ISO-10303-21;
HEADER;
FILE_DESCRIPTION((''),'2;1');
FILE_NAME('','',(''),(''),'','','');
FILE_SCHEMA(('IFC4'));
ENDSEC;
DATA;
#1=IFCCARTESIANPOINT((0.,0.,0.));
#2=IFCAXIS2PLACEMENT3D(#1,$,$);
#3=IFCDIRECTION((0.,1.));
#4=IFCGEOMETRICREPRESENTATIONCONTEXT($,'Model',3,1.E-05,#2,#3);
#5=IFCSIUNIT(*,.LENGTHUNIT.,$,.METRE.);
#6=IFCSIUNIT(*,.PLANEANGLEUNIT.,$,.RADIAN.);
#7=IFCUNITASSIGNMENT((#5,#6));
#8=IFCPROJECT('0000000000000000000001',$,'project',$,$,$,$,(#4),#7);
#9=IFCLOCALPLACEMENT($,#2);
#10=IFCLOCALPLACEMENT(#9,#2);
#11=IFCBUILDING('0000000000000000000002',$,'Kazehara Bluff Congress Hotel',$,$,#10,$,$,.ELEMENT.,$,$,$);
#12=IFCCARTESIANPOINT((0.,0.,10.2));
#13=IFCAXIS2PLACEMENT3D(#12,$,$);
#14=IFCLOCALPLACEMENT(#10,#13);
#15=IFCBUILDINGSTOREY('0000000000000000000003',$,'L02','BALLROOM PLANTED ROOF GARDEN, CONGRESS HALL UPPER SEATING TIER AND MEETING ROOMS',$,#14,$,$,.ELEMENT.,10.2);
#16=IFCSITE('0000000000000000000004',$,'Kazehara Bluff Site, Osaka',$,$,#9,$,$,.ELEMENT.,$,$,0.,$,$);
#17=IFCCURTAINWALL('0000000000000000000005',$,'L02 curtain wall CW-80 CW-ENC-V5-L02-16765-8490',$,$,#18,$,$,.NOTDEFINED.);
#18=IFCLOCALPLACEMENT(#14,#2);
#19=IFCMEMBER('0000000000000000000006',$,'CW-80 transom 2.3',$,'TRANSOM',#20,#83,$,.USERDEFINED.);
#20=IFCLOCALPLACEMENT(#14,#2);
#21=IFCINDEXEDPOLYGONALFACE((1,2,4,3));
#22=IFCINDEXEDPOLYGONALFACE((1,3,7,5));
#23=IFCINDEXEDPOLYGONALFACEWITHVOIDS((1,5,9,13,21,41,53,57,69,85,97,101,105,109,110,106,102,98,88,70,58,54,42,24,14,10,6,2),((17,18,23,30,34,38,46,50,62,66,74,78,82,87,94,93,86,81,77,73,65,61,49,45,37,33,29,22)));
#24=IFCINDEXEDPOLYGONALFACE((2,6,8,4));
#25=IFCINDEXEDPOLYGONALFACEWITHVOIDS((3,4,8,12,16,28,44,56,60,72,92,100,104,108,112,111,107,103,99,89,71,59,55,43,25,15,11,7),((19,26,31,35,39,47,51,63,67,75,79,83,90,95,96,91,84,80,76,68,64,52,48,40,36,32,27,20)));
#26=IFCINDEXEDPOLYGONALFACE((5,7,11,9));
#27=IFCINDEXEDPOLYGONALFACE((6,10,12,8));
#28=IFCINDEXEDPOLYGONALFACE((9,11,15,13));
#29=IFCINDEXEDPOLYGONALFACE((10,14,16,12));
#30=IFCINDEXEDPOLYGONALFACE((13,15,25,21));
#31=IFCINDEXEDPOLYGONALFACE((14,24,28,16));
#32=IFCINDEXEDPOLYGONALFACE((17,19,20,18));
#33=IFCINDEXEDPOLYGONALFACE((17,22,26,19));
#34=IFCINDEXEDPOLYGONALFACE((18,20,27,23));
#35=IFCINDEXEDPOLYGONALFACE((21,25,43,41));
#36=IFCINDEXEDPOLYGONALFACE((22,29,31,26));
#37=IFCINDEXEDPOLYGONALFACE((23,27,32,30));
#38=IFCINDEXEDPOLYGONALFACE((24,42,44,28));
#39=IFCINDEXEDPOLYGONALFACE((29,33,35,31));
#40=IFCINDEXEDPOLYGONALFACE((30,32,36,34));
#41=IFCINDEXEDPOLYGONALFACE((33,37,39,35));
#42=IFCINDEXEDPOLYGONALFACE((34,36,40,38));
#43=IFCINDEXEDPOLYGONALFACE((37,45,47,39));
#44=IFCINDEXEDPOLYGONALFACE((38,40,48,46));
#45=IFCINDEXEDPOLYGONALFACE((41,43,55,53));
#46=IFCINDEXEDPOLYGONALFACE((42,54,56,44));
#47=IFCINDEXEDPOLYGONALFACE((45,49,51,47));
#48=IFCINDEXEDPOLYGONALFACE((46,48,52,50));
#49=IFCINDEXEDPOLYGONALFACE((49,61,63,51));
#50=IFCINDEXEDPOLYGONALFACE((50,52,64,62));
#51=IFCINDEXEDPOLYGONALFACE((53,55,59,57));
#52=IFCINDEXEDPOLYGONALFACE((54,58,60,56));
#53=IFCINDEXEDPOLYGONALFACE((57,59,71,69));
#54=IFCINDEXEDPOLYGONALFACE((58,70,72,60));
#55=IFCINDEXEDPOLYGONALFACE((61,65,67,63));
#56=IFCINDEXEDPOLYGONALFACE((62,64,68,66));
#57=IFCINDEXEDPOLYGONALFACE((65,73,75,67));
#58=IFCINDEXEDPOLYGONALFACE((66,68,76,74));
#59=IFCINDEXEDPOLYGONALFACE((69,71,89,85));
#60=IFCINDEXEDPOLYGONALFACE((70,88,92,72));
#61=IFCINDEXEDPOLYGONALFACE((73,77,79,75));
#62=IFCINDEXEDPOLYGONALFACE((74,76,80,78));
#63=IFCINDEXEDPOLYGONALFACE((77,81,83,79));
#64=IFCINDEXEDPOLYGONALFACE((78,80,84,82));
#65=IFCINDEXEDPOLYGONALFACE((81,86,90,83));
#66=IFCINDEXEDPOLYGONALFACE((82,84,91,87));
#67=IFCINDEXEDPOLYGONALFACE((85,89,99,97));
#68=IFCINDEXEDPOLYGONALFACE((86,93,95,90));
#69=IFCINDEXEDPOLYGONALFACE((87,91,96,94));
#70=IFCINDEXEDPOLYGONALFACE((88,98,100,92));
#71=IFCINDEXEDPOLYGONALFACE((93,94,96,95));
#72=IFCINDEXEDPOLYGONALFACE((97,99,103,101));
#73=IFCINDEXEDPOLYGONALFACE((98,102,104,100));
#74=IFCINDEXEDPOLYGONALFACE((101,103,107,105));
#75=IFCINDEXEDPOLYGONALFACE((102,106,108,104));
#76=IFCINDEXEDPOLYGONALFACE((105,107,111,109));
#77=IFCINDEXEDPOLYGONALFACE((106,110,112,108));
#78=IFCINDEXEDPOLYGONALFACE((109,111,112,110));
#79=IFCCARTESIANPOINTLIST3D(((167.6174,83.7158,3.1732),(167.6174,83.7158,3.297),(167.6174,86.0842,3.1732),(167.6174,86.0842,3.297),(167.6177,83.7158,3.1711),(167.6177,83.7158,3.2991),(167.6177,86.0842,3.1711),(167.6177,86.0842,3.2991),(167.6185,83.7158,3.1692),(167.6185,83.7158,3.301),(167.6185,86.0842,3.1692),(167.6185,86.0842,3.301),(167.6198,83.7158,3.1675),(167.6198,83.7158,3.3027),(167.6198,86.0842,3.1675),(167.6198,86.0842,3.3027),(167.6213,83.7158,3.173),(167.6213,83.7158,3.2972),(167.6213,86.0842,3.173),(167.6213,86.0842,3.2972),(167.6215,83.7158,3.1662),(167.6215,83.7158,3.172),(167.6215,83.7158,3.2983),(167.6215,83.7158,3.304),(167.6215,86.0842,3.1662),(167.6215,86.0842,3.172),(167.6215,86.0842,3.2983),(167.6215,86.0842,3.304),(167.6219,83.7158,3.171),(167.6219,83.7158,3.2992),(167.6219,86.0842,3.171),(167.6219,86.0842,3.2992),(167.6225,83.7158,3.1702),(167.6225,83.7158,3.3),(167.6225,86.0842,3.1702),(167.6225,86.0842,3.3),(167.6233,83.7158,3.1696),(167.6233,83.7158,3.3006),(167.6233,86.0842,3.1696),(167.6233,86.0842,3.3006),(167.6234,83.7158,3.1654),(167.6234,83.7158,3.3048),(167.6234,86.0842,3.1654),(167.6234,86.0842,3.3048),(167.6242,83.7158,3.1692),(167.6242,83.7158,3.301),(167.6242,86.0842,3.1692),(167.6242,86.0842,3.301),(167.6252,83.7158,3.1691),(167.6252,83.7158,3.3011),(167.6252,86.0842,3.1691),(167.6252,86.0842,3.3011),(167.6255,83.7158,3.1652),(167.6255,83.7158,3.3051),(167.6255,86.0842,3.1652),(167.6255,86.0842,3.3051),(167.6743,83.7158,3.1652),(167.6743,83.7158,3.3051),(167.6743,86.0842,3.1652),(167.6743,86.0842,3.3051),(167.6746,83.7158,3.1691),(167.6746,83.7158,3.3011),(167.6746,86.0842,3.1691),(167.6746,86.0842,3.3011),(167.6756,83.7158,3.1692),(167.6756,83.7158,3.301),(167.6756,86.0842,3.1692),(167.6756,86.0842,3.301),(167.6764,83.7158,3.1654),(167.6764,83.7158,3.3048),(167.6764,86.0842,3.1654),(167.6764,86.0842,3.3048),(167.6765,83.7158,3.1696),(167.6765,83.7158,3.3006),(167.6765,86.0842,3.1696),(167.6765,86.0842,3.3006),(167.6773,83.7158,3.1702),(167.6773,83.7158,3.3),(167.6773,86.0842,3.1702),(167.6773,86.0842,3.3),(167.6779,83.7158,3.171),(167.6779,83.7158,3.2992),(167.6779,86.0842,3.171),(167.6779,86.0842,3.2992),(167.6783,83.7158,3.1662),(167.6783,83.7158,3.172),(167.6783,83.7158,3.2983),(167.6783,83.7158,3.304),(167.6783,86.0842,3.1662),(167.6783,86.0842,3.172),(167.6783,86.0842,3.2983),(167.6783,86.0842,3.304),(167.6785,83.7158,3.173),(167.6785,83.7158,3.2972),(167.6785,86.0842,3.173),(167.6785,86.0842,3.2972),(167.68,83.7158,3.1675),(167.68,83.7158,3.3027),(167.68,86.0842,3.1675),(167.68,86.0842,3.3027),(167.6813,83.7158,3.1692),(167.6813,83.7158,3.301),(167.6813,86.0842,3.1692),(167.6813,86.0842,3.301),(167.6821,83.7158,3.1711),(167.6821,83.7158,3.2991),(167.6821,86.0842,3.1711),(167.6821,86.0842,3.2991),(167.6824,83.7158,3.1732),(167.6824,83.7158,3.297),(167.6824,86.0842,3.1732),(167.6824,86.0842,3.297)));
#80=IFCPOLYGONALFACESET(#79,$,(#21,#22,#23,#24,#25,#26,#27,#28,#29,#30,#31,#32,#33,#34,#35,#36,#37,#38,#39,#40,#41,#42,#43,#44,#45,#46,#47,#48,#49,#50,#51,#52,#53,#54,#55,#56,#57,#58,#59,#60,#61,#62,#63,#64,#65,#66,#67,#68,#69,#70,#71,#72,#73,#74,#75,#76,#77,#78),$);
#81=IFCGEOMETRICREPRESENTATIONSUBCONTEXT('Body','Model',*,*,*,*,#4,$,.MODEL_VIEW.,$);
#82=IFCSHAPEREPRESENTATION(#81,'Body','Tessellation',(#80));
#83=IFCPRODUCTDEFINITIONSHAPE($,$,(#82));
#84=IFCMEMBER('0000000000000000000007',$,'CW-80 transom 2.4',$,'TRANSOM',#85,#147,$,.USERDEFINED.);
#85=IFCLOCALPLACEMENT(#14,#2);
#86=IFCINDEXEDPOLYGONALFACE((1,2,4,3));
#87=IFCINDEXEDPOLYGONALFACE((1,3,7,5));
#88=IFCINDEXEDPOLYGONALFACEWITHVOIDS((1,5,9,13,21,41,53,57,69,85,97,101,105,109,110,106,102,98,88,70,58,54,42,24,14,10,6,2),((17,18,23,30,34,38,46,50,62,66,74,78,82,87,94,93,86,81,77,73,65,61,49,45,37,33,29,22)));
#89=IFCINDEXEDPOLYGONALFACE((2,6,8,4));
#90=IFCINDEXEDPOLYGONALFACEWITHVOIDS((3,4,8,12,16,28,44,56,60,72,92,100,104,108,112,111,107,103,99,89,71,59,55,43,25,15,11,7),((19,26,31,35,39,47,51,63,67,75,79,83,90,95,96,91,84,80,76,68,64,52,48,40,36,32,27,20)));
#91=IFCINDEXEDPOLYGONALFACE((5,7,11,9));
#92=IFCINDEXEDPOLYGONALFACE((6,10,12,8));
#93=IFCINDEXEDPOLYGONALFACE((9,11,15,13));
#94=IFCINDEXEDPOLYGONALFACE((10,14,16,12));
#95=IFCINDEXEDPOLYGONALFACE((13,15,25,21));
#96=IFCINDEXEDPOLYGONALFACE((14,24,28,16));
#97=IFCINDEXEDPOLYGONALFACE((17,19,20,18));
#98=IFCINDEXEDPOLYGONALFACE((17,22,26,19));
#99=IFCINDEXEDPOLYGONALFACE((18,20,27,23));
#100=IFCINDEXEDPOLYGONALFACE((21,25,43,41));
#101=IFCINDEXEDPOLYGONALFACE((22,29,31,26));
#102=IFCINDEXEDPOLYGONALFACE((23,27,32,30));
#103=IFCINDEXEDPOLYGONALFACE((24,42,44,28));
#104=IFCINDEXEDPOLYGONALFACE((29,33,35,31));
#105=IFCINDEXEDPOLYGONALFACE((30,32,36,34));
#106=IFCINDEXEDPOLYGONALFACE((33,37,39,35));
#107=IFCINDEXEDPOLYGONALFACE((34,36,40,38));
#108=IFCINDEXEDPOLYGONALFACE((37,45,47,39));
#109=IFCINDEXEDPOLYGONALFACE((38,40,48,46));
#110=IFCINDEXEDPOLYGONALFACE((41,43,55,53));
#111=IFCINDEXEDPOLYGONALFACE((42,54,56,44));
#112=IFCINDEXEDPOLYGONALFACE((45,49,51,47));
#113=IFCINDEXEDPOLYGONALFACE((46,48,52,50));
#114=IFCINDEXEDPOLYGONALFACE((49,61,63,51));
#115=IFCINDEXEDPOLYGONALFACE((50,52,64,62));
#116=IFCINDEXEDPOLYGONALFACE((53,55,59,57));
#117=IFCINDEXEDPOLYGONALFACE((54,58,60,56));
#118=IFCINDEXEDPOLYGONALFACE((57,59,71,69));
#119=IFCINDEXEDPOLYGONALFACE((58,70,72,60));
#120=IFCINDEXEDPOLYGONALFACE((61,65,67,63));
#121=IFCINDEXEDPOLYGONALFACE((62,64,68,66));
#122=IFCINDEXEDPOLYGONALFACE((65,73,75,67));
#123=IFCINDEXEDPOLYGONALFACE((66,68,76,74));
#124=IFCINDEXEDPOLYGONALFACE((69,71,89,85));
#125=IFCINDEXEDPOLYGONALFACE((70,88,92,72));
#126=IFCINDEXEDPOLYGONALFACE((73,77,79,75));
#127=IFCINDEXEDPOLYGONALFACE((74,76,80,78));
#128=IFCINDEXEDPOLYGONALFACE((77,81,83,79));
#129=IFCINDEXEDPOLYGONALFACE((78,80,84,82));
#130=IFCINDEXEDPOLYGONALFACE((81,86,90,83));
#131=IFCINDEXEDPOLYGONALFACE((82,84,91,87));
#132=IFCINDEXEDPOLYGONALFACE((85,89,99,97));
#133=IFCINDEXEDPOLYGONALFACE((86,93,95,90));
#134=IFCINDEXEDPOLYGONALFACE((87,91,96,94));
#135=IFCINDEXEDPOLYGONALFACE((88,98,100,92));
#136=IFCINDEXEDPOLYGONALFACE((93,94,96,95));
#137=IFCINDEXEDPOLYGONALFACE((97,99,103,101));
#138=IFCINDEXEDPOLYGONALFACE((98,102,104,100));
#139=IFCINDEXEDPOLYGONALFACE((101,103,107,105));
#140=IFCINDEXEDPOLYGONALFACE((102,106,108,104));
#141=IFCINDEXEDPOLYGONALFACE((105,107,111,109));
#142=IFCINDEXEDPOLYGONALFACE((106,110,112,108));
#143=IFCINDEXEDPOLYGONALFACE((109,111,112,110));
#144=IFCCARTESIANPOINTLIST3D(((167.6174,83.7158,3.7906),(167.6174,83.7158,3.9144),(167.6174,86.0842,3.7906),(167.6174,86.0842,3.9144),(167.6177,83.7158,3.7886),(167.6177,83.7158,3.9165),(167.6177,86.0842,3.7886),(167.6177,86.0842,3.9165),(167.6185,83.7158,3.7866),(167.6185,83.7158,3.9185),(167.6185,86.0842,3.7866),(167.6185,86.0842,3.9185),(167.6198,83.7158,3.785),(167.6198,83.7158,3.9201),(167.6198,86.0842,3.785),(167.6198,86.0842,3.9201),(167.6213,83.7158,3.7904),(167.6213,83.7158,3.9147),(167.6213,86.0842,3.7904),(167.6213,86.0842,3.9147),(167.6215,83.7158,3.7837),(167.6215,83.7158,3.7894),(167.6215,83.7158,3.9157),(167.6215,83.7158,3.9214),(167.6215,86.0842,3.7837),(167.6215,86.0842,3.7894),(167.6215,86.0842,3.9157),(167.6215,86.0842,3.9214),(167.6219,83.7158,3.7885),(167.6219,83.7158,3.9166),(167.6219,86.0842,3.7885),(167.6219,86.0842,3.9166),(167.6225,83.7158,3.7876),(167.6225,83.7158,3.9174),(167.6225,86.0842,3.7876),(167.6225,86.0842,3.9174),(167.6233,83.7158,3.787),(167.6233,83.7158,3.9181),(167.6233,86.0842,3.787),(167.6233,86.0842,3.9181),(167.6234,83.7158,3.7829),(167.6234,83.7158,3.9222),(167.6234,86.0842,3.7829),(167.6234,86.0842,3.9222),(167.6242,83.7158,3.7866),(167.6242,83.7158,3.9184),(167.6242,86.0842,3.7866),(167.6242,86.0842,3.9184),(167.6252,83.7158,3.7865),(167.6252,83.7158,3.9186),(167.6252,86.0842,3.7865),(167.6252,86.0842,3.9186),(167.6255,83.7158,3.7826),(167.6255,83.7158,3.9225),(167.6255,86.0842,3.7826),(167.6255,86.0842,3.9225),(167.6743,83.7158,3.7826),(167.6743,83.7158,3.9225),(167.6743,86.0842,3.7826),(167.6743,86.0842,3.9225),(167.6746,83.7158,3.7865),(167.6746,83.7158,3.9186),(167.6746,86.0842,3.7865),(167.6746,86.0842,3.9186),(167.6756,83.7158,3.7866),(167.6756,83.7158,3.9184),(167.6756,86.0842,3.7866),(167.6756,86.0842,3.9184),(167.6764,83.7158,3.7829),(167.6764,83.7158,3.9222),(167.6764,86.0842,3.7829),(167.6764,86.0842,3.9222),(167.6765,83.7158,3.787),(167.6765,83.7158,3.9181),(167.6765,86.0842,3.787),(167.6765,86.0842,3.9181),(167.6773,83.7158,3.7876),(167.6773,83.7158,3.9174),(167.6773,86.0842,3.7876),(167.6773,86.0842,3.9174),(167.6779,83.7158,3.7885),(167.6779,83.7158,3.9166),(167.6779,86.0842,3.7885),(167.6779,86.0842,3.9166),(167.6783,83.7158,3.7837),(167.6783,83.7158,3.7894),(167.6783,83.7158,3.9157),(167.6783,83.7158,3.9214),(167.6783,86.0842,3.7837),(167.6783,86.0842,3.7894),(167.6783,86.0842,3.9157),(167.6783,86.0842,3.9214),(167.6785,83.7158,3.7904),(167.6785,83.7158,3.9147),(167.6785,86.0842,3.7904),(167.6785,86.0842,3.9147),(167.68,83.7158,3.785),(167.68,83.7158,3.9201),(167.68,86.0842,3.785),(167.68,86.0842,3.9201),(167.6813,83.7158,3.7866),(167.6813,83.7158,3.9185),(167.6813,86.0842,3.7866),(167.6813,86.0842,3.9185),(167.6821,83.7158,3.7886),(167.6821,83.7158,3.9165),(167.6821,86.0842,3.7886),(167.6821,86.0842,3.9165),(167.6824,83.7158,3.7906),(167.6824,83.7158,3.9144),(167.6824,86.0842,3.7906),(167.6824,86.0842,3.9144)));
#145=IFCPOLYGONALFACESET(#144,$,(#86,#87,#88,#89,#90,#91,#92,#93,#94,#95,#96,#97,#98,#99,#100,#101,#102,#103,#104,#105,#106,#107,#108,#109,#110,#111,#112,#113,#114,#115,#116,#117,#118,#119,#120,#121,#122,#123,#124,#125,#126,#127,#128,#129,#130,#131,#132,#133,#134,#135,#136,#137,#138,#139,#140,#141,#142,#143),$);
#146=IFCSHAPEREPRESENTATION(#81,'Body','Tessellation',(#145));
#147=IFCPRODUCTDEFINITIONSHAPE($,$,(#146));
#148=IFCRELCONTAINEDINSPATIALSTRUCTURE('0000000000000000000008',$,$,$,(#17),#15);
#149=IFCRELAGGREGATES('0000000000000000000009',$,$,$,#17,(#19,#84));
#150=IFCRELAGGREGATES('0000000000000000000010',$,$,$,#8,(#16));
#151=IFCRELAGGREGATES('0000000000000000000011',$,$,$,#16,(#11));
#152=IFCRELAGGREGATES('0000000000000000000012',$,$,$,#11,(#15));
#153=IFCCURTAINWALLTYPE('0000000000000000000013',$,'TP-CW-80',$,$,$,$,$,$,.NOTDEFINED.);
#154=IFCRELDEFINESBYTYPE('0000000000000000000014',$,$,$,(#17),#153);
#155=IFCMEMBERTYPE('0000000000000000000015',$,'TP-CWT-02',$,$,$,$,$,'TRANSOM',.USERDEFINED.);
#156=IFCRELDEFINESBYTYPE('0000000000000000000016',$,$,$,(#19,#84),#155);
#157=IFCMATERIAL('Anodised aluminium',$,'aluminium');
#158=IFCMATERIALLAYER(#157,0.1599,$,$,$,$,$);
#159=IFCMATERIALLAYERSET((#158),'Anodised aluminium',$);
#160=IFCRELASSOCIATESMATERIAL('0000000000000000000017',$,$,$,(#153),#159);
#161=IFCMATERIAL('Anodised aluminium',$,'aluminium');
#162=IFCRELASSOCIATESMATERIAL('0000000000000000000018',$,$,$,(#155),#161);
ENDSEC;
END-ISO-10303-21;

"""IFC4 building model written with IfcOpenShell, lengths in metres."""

from ifc_helpers import new_model, si_unit, direction, frame, origin, origin_2d, place, context, subcontext, project, spatial, hollow_rectangle, extrude, material, layer, layer_set, material_profile, profile_set, type_object, element, aggregate, save


model = new_model("IFC4")

# Units and contexts
model_context = context("Model", 3, precision=1e-05, world=origin(), true_north=direction((0.0, 1.0)))
body_context = subcontext(model_context, "Body", "Model", "MODEL_VIEW")
ifc_project = project(units=[si_unit("LENGTHUNIT", "METRE"), si_unit("PLANEANGLEUNIT", "RADIAN")], contexts=[model_context])

# Site, building, storey
site_placement = place(None, origin())
site = spatial("IfcSite", under=ifc_project, at=site_placement, Name="Kazehara Bluff Site, Osaka", CompositionType="ELEMENT", RefElevation=0.0)
building_placement = place(site_placement, origin())
building = spatial("IfcBuilding", under=site, at=building_placement, Name="Kazehara Bluff Congress Hotel", CompositionType="ELEMENT")
storey_placement = place(building_placement, frame((0.0, 0.0, 10.2)))
storey = spatial("IfcBuildingStorey", under=building, at=storey_placement, Name="L02", Description="BALLROOM PLANTED ROOF GARDEN, CONGRESS HALL UPPER SEATING TIER AND MEETING ROOMS", CompositionType="ELEMENT", Elevation=10.2)

# Curtain wall, members
ifc_material_1 = material(Name="Anodised aluminium", Category="aluminium")
ifc_layer_1 = layer(ifc_material_1, 0.1599)
ifc_layer_set_1 = layer_set([ifc_layer_1], Name="Anodised aluminium")
curtain_wall_type = type_object("IfcCurtainWallType", Name="TP-CW-80", PredefinedType="NOTDEFINED", material=ifc_layer_set_1)
curtain_wall_placement = place(storey_placement, origin())
curtain_wall = element("IfcCurtainWall", 1, at=curtain_wall_placement, inside=storey, type_object=curtain_wall_type, Name="L02 curtain wall CW-80 CW-ENC-V5-L02-16765-8490", PredefinedType="NOTDEFINED")
ifc_material_2 = material(Name="Anodised aluminium", Category="aluminium")
ifc_material_profile_1 = material_profile(ifc_material_2, hollow_rectangle(XDim=0.0649, YDim=0.1399, WallThickness=0.0039, InnerFilletRadius=0.0039, OuterFilletRadius=0.0081, at=origin_2d()))
ifc_profile_set_1 = profile_set([ifc_material_profile_1], Name="Anodised aluminium")
member_type_1 = type_object("IfcMemberType", Name="TP-CWT-02", ElementType="TRANSOM", PredefinedType="USERDEFINED", material=ifc_profile_set_1)
member_1_placement = place(storey_placement, frame((167.6499, 86.0842, 3.2351), z_axis=(0.0, -1.0, 0.0), x_axis=(1.0, 0.0, 0.0)))
member_1 = element("IfcMember", 2, at=member_1_placement, type_object=member_type_1, Name="CW-80 transom 2.3", ObjectType="TRANSOM", PredefinedType="USERDEFINED", context=body_context, shape_type="SweptSolid", body=[
    extrude(hollow_rectangle(XDim=0.0649, YDim=0.1399, WallThickness=0.0039, InnerFilletRadius=0.0039, OuterFilletRadius=0.0081, at=origin_2d()), origin(), (0.0, 0.0, 1.0), 2.3684),
])
member_2_placement = place(storey_placement, frame((167.6499, 86.0842, 3.8525), z_axis=(0.0, -1.0, 0.0), x_axis=(1.0, 0.0, 0.0)))
member_2 = element("IfcMember", 3, at=member_2_placement, type_object=member_type_1, Name="CW-80 transom 2.4", ObjectType="TRANSOM", PredefinedType="USERDEFINED", context=body_context, shape_type="SweptSolid", body=[
    extrude(hollow_rectangle(XDim=0.0649, YDim=0.1399, WallThickness=0.0039, InnerFilletRadius=0.0039, OuterFilletRadius=0.0081, at=origin_2d()), origin(), (0.0, 0.0, 1.0), 2.3684),
])
aggregate(curtain_wall, [member_1, member_2])

save(model, "model.ifc")
